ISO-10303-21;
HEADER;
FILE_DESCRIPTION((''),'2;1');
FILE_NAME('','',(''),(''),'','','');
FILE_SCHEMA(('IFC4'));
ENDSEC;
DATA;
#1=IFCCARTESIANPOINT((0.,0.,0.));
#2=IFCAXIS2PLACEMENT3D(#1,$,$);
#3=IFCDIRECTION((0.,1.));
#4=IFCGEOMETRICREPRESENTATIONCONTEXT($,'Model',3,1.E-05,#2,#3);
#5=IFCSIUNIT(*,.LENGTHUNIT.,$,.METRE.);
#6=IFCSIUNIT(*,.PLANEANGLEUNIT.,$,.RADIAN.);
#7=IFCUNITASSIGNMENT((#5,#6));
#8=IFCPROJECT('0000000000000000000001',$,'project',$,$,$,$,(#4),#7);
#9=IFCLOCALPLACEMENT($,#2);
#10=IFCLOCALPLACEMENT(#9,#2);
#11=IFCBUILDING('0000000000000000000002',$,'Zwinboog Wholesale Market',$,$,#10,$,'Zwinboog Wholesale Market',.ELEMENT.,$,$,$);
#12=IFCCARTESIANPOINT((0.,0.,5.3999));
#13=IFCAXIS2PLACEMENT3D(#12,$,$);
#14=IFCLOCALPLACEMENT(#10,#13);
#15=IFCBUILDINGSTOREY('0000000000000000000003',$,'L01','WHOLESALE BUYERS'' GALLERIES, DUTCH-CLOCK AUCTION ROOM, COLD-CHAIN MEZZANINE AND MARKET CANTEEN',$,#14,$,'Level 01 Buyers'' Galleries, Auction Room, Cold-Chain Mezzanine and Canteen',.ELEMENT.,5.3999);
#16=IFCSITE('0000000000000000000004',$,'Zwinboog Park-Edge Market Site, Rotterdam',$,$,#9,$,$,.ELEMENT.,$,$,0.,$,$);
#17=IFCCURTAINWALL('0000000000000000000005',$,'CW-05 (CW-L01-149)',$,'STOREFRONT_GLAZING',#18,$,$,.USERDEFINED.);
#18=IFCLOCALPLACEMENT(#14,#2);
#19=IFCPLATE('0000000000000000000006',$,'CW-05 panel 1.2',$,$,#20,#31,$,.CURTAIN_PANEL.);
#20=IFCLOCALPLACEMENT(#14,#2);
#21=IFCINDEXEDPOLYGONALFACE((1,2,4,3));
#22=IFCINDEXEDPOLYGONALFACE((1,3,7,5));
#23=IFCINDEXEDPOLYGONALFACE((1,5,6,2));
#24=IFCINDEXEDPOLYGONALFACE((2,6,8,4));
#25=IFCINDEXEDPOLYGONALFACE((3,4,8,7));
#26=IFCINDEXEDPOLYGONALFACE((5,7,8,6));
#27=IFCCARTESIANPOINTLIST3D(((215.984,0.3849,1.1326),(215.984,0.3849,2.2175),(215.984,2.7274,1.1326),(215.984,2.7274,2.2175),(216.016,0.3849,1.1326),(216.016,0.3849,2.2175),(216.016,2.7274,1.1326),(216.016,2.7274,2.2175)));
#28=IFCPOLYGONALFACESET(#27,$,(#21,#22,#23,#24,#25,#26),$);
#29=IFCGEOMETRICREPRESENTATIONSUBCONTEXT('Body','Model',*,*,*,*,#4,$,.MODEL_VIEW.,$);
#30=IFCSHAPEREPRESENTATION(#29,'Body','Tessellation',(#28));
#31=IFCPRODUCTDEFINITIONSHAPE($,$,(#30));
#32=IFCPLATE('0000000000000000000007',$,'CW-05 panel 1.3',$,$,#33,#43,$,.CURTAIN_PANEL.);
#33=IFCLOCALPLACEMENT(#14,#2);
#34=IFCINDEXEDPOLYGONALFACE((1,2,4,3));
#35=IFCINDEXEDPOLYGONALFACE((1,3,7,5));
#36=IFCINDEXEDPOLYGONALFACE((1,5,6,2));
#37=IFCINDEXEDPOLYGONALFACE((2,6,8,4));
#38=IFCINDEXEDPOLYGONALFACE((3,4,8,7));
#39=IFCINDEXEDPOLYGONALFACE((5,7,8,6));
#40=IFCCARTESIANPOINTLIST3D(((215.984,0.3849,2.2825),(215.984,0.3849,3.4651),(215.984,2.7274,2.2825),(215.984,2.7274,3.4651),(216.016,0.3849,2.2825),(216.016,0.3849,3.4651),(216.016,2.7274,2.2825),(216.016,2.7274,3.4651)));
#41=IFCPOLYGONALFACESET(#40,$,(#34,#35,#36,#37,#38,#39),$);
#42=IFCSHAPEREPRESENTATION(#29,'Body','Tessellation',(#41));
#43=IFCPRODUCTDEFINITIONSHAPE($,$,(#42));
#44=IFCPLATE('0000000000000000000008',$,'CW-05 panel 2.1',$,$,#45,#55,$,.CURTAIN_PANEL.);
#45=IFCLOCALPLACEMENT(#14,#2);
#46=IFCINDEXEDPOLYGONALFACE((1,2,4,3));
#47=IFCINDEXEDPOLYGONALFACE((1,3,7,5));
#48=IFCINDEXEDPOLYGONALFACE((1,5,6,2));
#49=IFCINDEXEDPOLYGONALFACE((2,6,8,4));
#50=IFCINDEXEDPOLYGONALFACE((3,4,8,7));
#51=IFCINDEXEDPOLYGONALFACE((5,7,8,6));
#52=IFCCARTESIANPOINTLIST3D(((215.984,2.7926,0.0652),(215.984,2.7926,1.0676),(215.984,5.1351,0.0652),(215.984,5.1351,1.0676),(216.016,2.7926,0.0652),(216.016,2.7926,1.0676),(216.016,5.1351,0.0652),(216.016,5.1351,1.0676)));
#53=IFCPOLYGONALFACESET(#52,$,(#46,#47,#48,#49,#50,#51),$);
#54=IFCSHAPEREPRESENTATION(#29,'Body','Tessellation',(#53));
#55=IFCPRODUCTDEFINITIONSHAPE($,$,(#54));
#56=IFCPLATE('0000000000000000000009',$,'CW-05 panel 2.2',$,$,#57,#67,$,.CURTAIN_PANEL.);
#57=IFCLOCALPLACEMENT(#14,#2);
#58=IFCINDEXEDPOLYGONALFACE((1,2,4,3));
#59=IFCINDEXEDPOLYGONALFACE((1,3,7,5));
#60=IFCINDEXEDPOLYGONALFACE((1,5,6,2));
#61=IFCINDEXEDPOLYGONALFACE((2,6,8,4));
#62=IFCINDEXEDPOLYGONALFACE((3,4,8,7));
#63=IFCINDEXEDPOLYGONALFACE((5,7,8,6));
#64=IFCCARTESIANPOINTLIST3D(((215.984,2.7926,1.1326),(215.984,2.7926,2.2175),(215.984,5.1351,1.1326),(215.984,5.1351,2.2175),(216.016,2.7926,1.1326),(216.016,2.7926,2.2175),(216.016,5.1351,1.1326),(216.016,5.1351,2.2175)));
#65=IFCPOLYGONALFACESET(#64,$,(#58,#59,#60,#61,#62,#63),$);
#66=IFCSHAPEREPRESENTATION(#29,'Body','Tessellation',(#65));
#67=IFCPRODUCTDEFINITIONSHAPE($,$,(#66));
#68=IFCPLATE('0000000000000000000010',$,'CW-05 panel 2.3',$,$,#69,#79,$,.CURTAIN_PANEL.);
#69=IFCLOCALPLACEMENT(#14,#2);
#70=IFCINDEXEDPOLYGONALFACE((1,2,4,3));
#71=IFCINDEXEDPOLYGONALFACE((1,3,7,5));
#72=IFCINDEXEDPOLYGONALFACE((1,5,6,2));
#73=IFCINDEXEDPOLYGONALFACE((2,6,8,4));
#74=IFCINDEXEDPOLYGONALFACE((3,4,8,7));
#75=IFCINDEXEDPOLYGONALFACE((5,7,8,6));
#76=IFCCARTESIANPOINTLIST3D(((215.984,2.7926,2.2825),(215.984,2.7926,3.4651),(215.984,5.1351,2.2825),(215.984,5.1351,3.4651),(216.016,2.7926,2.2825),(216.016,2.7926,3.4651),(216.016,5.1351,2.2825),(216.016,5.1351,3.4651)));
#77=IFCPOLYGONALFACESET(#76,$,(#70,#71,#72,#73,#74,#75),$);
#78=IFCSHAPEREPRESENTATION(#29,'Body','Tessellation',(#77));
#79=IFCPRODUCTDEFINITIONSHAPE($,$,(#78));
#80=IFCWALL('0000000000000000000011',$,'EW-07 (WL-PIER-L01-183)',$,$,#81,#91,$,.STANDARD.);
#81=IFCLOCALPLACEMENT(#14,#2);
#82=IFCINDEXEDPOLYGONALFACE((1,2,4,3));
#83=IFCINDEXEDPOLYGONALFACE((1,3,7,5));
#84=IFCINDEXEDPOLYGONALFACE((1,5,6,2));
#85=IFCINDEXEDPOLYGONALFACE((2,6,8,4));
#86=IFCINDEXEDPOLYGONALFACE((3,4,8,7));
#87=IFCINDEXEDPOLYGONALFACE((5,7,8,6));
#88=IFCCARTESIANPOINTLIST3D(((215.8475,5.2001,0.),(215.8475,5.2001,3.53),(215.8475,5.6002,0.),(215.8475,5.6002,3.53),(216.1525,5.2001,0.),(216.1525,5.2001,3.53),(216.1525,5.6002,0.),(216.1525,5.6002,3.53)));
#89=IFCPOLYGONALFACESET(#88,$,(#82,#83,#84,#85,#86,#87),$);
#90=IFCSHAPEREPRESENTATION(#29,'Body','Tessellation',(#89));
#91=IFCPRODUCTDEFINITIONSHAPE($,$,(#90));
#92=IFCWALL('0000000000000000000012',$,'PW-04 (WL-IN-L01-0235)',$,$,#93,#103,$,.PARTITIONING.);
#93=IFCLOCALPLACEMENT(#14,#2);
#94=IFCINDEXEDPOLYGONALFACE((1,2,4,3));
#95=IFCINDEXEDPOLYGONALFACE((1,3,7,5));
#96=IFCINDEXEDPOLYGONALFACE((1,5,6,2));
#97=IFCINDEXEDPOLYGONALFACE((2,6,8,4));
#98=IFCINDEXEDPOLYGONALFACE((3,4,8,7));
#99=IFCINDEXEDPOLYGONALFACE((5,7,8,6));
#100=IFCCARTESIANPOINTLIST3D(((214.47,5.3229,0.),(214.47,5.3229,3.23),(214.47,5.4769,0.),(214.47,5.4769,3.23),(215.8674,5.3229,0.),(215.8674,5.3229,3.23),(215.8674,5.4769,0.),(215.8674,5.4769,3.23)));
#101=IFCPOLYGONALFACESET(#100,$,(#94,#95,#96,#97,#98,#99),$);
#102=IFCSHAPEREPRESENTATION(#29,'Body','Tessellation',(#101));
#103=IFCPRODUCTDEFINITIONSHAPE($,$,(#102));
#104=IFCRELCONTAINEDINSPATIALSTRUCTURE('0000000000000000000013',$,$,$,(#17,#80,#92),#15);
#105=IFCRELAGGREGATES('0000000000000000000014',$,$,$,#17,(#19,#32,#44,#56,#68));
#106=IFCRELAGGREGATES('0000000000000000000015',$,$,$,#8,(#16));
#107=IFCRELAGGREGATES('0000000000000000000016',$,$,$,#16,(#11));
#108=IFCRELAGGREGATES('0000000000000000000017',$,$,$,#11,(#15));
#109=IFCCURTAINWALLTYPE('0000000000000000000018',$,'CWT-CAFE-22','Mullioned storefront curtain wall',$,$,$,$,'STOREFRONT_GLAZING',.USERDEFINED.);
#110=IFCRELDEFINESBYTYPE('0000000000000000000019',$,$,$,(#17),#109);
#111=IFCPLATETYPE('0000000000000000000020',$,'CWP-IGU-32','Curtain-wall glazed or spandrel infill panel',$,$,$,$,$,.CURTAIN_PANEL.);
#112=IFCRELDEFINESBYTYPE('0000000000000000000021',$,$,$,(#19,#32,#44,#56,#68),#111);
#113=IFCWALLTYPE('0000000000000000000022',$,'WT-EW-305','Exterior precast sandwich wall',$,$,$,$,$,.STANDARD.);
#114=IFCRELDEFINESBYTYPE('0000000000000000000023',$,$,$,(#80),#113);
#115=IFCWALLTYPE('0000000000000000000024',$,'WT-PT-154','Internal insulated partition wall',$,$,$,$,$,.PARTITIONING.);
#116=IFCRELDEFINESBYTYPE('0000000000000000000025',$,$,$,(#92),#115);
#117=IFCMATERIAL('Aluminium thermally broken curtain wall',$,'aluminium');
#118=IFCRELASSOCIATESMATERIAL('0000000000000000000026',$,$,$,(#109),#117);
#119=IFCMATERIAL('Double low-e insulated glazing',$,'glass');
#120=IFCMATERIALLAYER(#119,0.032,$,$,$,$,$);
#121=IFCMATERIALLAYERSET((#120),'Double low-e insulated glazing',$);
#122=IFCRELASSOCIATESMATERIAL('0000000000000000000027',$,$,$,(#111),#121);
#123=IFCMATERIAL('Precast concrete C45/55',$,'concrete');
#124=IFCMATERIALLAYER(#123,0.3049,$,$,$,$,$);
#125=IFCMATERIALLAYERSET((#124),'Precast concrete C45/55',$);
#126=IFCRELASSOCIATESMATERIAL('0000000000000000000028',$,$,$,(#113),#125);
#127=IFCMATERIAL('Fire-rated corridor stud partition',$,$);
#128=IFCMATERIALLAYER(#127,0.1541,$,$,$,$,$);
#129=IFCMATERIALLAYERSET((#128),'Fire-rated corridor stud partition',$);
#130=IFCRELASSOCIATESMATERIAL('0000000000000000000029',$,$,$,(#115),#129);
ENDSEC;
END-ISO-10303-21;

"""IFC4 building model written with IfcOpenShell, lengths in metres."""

from ifc_helpers import new_model, si_unit, direction, frame, frame_2d, origin, origin_2d, place, context, subcontext, project, spatial, rectangle, extrude, material, layer, layer_set, type_object, element, aggregate, save


model = new_model("IFC4")

# Units and contexts
model_context = context("Model", 3, precision=1e-05, world=origin(), true_north=direction((0.0, 1.0)))
body_context = subcontext(model_context, "Body", "Model", "MODEL_VIEW")
ifc_project = project(units=[si_unit("LENGTHUNIT", "METRE"), si_unit("PLANEANGLEUNIT", "RADIAN")], contexts=[model_context])

# Site, building, storey
site_placement = place(None, origin())
site = spatial("IfcSite", under=ifc_project, at=site_placement, Name="Zwinboog Park-Edge Market Site, Rotterdam", CompositionType="ELEMENT", RefElevation=0.0)
building_placement = place(site_placement, origin())
building = spatial("IfcBuilding", under=site, at=building_placement, Name="Zwinboog Wholesale Market", LongName="Zwinboog Wholesale Market", CompositionType="ELEMENT")
storey_placement = place(building_placement, frame((0.0, 0.0, 5.3999)))
storey = spatial("IfcBuildingStorey", under=building, at=storey_placement, Name="L01", Description="WHOLESALE BUYERS' GALLERIES, DUTCH-CLOCK AUCTION ROOM, COLD-CHAIN MEZZANINE AND MARKET CANTEEN", LongName="Level 01 Buyers' Galleries, Auction Room, Cold-Chain Mezzanine and Canteen", CompositionType="ELEMENT", Elevation=5.3999)

# Shared definitions
ifc_material_1 = material(Name="Precast concrete C45/55", Category="concrete")

# Curtain wall, plates
ifc_material_2 = material(Name="Aluminium thermally broken curtain wall", Category="aluminium")
curtain_wall_type = type_object("IfcCurtainWallType", Name="CWT-CAFE-22", Description="Mullioned storefront curtain wall", ElementType="STOREFRONT_GLAZING", PredefinedType="USERDEFINED", material=ifc_material_2)
curtain_wall_placement = place(storey_placement, origin())
curtain_wall = element("IfcCurtainWall", 1, at=curtain_wall_placement, inside=storey, type_object=curtain_wall_type, Name="CW-05 (CW-L01-149)", ObjectType="STOREFRONT_GLAZING", PredefinedType="USERDEFINED")
ifc_material_3 = material(Name="Double low-e insulated glazing", Category="glass")
ifc_layer_1 = layer(ifc_material_3, 0.032)
ifc_layer_set_1 = layer_set([ifc_layer_1], Name="Double low-e insulated glazing")
plate_type = type_object("IfcPlateType", Name="CWP-IGU-32", Description="Curtain-wall glazed or spandrel infill panel", PredefinedType="CURTAIN_PANEL", material=ifc_layer_set_1)
plate_1_placement = place(storey_placement, frame((216.0, 1.5562, 1.1326), z_axis=(0.0, 0.0, 1.0), x_axis=(0.0, 1.0, 0.0)))
plate_1 = element("IfcPlate", 2, at=plate_1_placement, type_object=plate_type, Name="CW-05 panel 1.2", PredefinedType="CURTAIN_PANEL", context=body_context, shape_type="SweptSolid", body=[
    extrude(rectangle(XDim=2.3425, YDim=0.032, at=origin_2d()), origin(), (0.0, 0.0, 1.0), 1.085),
])
plate_2_placement = place(storey_placement, frame((216.0, 1.5562, 2.2825), z_axis=(0.0, 0.0, 1.0), x_axis=(0.0, 1.0, 0.0)))
plate_2 = element("IfcPlate", 3, at=plate_2_placement, type_object=plate_type, Name="CW-05 panel 1.3", PredefinedType="CURTAIN_PANEL", context=body_context, shape_type="SweptSolid", body=[
    extrude(rectangle(XDim=2.3425, YDim=0.032, at=origin_2d()), origin(), (0.0, 0.0, 1.0), 1.1826),
])
plate_3_placement = place(storey_placement, frame((216.0, 3.9639, 0.0652), z_axis=(0.0, 0.0, 1.0), x_axis=(0.0, 1.0, 0.0)))
plate_3 = element("IfcPlate", 4, at=plate_3_placement, type_object=plate_type, Name="CW-05 panel 2.1", PredefinedType="CURTAIN_PANEL", context=body_context, shape_type="SweptSolid", body=[
    extrude(rectangle(XDim=2.3425, YDim=0.032, at=origin_2d()), origin(), (0.0, 0.0, 1.0), 1.0024),
])
plate_4_placement = place(storey_placement, frame((216.0, 3.9639, 1.1326), z_axis=(0.0, 0.0, 1.0), x_axis=(0.0, 1.0, 0.0)))
plate_4 = element("IfcPlate", 5, at=plate_4_placement, type_object=plate_type, Name="CW-05 panel 2.2", PredefinedType="CURTAIN_PANEL", context=body_context, shape_type="SweptSolid", body=[
    extrude(rectangle(XDim=2.3425, YDim=0.032, at=origin_2d()), origin(), (0.0, 0.0, 1.0), 1.085),
])
plate_5_placement = place(storey_placement, frame((216.0, 3.9639, 2.2825), z_axis=(0.0, 0.0, 1.0), x_axis=(0.0, 1.0, 0.0)))
plate_5 = element("IfcPlate", 6, at=plate_5_placement, type_object=plate_type, Name="CW-05 panel 2.3", PredefinedType="CURTAIN_PANEL", context=body_context, shape_type="SweptSolid", body=[
    extrude(rectangle(XDim=2.3425, YDim=0.032, at=origin_2d()), origin(), (0.0, 0.0, 1.0), 1.1826),
])
aggregate(curtain_wall, [plate_1, plate_2, plate_3, plate_4, plate_5])

# Walls
ifc_layer_2 = layer(ifc_material_1, 0.3049)
ifc_layer_set_2 = layer_set([ifc_layer_2], Name="Precast concrete C45/55")
wall_type_1 = type_object("IfcWallType", Name="WT-EW-305", Description="Exterior precast sandwich wall", PredefinedType="STANDARD", material=ifc_layer_set_2)
wall_1_placement = place(storey_placement, frame((216.0, 5.2, 0.0), z_axis=(0.0, 0.0, 1.0), x_axis=(0.0, 1.0, 0.0)))
element("IfcWall", 7, at=wall_1_placement, inside=storey, type_object=wall_type_1, Name="EW-07 (WL-PIER-L01-183)", PredefinedType="STANDARD", context=body_context, shape_type="SweptSolid", body=[
    extrude(rectangle(XDim=0.4001, YDim=0.3049, at=frame_2d((0.2002, 0.0))), origin(), (0.0, 0.0, 1.0), 3.53),
])
ifc_material_4 = material(Name="Fire-rated corridor stud partition")
ifc_layer_3 = layer(ifc_material_4, 0.1541)
ifc_layer_set_3 = layer_set([ifc_layer_3], Name="Fire-rated corridor stud partition")
wall_type_2 = type_object("IfcWallType", Name="WT-PT-154", Description="Internal insulated partition wall", PredefinedType="PARTITIONING", material=ifc_layer_set_3)
wall_2_placement = place(storey_placement, frame((214.47, 5.3999, 0.0), z_axis=(0.0, 0.0, 1.0), x_axis=(1.0, 0.0, 0.0)))
element("IfcWall", 8, at=wall_2_placement, inside=storey, type_object=wall_type_2, Name="PW-04 (WL-IN-L01-0235)", PredefinedType="PARTITIONING", context=body_context, shape_type="SweptSolid", body=[
    extrude(rectangle(XDim=1.3975, YDim=0.1541, at=frame_2d((0.6987, 0.0))), origin(), (0.0, 0.0, 1.0), 3.23),
])

save(model, "model.ifc")
